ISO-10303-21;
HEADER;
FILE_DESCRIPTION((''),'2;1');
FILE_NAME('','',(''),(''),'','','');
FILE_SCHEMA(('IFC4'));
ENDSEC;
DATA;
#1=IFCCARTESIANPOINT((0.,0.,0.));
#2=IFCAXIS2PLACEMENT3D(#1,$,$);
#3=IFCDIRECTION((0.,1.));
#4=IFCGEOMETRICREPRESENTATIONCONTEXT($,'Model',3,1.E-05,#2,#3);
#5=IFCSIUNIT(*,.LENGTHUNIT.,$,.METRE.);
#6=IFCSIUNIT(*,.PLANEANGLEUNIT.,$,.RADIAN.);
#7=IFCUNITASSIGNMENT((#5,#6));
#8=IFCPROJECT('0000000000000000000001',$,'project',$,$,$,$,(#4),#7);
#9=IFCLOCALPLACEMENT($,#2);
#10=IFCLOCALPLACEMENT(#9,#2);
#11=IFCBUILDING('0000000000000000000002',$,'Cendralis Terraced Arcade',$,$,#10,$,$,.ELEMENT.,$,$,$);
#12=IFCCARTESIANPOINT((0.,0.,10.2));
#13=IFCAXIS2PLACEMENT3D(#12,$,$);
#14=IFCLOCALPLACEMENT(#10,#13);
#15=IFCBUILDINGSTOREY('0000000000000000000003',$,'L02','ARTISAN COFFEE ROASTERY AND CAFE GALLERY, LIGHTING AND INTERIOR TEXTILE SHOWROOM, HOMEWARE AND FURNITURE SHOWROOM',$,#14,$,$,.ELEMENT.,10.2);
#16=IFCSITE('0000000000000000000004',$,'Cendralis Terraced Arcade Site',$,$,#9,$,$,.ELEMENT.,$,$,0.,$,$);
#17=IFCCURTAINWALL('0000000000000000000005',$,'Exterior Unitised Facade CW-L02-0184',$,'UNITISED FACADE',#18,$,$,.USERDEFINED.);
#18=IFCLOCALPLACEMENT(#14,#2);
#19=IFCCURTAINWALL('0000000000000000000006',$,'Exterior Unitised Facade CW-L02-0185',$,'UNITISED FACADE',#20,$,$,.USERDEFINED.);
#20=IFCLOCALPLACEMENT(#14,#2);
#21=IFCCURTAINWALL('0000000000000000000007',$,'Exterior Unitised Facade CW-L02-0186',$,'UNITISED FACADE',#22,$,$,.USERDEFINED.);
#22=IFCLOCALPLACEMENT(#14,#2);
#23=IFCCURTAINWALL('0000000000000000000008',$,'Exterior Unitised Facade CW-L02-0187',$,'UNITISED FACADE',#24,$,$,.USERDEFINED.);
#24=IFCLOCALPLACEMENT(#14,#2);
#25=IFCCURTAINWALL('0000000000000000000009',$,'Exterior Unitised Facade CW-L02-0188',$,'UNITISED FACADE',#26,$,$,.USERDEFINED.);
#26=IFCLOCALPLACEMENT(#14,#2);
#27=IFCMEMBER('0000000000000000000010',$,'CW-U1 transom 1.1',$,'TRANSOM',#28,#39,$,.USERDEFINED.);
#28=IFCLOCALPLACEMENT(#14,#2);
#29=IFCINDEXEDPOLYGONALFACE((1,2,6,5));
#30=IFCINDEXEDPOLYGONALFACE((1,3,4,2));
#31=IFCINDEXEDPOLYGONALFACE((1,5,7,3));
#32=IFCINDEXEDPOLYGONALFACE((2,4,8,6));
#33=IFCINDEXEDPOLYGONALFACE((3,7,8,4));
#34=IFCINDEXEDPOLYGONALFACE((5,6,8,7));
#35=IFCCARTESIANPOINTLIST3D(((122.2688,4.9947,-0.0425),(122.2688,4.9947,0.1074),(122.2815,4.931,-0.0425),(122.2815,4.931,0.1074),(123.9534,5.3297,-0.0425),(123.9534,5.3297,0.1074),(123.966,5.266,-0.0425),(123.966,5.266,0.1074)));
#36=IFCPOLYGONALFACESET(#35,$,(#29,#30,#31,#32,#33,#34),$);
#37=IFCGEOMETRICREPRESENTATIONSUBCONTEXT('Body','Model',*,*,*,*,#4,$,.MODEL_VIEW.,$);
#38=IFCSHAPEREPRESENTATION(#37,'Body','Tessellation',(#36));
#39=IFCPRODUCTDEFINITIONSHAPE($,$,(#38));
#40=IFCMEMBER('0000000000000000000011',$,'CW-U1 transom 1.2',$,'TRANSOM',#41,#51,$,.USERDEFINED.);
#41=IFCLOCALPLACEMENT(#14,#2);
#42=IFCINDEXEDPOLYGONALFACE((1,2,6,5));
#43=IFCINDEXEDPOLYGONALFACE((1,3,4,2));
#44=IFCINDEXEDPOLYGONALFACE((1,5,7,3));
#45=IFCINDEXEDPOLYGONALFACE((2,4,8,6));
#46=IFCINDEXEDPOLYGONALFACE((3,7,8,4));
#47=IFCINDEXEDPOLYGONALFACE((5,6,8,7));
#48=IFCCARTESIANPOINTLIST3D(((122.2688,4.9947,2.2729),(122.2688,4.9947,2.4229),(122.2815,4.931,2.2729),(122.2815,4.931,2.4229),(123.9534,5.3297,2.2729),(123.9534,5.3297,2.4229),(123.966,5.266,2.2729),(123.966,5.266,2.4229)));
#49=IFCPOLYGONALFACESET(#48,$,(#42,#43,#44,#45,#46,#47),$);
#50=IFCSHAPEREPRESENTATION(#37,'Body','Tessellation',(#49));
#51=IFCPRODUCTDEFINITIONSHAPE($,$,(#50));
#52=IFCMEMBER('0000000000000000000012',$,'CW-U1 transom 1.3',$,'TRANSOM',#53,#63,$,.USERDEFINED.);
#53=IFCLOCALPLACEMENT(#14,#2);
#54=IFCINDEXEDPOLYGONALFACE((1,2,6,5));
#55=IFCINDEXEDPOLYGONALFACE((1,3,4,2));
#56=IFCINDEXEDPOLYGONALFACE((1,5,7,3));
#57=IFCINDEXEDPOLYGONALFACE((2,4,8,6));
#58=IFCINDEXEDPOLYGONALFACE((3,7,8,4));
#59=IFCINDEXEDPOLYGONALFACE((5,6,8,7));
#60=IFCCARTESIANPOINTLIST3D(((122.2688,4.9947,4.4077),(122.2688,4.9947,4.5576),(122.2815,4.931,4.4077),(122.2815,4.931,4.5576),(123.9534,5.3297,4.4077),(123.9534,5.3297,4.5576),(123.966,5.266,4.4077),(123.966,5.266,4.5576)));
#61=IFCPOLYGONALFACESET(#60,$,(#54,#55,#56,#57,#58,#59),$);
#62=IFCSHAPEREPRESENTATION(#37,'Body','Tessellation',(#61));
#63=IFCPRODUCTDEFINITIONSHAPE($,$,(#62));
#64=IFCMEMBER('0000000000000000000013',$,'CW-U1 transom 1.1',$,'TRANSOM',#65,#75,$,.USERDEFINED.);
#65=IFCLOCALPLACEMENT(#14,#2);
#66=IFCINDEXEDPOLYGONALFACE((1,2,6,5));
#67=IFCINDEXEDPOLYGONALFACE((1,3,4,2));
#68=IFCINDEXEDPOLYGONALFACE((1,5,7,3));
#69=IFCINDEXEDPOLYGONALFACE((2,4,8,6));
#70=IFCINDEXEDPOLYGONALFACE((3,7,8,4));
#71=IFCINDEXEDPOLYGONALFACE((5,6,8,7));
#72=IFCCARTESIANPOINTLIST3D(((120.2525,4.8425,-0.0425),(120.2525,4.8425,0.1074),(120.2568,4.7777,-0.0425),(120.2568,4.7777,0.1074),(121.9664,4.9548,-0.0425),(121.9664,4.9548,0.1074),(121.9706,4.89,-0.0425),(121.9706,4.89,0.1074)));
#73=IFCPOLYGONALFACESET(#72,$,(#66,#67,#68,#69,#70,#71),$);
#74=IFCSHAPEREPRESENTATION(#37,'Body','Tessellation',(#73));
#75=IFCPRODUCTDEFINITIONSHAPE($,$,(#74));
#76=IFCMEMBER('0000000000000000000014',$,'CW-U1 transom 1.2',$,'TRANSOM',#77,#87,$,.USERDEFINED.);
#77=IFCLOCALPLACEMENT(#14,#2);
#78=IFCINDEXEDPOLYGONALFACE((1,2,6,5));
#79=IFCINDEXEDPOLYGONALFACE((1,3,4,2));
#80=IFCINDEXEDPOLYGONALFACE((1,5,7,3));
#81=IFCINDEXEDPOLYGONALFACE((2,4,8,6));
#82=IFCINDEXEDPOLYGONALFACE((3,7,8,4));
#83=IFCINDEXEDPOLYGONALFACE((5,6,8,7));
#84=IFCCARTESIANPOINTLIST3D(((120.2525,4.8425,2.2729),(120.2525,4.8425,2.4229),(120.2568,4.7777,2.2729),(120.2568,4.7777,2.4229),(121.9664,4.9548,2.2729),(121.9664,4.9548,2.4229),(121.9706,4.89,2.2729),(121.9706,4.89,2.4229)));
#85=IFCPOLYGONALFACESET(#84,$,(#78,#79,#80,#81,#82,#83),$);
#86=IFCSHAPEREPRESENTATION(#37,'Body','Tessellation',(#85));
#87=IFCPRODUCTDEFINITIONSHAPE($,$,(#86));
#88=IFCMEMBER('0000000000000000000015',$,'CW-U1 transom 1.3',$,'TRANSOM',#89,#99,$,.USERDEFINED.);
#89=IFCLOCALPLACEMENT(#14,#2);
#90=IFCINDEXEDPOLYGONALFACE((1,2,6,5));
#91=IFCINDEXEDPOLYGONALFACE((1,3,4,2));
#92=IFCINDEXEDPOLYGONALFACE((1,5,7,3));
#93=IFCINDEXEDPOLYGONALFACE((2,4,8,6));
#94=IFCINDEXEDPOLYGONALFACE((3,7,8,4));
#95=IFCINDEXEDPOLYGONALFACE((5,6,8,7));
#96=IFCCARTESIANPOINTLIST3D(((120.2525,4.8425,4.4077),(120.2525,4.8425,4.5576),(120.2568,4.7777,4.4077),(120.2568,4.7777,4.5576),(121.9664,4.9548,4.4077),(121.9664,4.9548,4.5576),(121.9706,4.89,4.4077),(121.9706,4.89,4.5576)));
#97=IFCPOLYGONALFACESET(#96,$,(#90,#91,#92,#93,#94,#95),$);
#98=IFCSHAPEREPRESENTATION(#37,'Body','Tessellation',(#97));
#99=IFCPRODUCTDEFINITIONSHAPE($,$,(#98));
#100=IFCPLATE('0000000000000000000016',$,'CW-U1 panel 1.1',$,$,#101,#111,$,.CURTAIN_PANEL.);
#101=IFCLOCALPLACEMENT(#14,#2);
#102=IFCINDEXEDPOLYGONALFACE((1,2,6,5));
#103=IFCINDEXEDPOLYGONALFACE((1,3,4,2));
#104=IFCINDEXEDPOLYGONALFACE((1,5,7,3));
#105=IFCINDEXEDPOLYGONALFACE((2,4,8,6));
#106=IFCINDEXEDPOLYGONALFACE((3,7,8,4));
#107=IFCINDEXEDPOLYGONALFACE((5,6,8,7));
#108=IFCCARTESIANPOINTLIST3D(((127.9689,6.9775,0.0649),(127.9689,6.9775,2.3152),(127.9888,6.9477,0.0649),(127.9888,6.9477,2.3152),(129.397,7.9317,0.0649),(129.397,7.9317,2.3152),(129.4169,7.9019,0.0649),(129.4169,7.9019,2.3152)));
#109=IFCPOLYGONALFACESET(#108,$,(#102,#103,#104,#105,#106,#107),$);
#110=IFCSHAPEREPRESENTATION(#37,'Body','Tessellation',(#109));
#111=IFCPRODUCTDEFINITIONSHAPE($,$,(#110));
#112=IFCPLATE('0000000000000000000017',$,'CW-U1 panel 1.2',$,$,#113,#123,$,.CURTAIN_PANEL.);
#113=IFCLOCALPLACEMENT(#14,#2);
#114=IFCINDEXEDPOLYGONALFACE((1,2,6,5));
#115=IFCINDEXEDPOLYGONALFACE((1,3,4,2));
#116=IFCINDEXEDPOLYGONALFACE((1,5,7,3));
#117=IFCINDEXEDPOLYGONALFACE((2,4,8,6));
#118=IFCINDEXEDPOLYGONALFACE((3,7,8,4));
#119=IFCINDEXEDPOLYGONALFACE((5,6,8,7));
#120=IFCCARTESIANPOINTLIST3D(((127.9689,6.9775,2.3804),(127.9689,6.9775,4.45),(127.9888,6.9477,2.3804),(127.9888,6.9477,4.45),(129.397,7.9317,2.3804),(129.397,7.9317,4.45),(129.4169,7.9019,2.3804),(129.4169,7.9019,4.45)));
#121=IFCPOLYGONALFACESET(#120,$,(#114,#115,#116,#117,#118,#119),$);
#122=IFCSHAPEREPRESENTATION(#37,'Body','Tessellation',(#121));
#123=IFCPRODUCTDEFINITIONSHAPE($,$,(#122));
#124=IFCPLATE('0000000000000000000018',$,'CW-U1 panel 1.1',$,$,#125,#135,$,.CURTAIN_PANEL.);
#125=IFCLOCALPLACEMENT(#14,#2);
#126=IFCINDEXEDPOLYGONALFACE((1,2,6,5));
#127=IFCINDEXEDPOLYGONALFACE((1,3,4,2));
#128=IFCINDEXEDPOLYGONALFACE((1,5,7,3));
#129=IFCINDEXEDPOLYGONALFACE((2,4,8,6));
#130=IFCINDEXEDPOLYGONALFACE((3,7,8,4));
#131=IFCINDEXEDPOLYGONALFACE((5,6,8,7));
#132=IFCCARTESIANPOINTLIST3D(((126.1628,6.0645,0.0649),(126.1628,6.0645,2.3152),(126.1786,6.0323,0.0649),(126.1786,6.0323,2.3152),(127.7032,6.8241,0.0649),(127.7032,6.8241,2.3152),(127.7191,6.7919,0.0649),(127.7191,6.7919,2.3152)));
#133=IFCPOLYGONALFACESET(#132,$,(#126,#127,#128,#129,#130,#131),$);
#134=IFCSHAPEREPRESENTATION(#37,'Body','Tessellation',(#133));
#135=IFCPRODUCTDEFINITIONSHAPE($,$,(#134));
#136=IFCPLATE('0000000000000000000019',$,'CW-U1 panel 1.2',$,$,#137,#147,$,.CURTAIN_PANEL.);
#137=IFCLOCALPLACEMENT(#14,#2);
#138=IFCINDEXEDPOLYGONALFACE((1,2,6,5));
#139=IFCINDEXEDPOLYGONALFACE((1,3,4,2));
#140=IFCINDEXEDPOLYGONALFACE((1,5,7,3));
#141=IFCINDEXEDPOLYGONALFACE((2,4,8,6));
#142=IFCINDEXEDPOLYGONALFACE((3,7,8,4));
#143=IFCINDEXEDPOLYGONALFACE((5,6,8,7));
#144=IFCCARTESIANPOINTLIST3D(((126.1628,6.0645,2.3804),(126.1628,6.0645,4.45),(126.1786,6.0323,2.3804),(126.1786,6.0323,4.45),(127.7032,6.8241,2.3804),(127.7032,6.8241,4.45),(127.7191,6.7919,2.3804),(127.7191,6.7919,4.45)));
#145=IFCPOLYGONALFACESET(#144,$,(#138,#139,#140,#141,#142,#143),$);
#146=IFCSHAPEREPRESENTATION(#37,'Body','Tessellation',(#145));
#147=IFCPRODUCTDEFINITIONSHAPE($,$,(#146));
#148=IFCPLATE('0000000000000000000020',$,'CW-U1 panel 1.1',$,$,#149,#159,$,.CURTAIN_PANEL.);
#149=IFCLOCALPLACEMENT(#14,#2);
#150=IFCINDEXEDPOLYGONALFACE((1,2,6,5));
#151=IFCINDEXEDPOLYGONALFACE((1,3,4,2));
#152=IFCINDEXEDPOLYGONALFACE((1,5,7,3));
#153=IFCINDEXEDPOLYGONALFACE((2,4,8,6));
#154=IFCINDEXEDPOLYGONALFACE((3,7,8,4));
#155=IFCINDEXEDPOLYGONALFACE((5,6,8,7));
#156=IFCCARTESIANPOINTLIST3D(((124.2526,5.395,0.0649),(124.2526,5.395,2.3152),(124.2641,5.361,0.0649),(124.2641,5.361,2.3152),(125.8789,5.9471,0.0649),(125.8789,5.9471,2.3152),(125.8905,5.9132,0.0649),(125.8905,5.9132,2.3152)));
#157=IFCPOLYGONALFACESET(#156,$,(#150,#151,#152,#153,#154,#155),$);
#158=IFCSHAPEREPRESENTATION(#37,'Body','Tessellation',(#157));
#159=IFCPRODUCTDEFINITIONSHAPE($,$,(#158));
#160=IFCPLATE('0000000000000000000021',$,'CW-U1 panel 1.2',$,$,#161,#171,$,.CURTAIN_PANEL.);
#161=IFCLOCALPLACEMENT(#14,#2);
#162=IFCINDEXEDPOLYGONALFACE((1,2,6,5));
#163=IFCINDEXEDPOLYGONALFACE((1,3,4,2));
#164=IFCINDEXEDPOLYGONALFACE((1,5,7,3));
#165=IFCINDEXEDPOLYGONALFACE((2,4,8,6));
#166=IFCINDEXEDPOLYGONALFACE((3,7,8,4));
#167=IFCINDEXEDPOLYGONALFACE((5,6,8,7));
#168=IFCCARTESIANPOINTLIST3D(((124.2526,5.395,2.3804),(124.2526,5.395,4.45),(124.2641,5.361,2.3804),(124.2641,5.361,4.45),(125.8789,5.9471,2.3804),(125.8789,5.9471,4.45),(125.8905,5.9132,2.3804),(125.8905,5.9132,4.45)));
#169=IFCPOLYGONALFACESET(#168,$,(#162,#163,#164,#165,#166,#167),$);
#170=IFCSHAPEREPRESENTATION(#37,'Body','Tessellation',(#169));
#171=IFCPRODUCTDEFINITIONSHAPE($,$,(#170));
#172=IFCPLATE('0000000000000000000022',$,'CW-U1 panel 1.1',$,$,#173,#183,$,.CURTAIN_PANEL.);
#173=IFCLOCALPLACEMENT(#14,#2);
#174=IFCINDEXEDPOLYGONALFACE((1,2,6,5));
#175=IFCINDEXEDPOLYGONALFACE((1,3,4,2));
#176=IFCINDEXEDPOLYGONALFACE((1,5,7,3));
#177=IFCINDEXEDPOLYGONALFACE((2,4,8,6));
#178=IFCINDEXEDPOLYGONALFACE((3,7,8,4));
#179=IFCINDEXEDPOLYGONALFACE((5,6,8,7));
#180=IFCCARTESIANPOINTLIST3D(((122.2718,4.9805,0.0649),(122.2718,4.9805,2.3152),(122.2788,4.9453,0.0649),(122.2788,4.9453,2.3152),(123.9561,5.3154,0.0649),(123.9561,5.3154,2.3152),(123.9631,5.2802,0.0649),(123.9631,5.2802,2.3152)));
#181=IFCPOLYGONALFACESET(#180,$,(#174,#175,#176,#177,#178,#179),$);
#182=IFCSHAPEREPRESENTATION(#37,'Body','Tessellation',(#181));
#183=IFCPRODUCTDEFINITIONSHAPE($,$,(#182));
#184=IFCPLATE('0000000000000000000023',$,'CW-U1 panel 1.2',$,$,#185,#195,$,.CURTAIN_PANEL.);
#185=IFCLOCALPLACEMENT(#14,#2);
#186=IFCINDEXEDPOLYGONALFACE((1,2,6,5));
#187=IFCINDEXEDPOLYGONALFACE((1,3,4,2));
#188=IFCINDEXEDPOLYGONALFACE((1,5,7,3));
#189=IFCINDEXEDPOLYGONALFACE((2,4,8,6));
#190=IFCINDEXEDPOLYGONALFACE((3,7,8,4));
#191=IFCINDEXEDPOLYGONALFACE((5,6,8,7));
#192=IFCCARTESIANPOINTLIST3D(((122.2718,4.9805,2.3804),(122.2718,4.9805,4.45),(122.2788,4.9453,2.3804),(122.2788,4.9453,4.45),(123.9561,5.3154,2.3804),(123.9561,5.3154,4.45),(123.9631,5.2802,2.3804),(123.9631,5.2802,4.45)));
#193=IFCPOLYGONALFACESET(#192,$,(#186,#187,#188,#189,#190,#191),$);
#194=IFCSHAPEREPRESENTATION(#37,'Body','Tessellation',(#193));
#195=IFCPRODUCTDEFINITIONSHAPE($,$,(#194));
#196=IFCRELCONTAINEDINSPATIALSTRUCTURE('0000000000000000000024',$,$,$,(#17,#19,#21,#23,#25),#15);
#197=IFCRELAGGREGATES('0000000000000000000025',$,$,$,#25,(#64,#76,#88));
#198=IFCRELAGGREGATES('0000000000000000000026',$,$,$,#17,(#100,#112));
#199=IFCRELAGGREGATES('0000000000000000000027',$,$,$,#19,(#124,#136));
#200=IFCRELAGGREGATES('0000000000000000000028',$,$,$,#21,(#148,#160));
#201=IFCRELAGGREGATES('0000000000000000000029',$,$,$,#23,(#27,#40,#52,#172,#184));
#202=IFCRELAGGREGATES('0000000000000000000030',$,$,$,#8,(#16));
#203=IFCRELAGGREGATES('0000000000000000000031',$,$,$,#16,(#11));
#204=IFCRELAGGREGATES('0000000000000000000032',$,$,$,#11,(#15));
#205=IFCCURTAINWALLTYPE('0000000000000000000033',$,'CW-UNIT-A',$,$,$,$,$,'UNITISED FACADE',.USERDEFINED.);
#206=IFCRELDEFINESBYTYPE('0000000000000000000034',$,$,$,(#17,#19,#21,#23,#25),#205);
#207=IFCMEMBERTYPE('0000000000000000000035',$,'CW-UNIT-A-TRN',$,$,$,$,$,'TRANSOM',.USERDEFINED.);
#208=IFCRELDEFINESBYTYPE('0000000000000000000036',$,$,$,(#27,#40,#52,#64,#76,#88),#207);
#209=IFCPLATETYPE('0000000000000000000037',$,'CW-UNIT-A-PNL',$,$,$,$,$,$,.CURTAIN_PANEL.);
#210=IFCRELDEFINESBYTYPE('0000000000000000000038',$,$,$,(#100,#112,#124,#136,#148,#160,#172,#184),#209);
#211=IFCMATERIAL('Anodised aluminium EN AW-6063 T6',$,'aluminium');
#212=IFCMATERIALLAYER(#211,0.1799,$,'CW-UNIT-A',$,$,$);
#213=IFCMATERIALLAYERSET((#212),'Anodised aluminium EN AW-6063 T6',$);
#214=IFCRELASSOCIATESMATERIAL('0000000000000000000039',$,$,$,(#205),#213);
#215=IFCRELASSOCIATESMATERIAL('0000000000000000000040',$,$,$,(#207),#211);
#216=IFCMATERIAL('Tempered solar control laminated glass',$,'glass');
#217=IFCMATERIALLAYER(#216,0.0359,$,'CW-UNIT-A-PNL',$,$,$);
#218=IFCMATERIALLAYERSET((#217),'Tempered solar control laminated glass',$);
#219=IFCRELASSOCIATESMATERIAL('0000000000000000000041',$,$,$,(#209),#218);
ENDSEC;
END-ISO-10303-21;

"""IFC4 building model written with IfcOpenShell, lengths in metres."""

from ifc_helpers import new_model, si_unit, direction, frame, origin, origin_2d, place, context, subcontext, project, spatial, rectangle, extrude, material, layer, layer_set, material_profile, profile_set, type_object, element, aggregate, save


model = new_model("IFC4")

# Units and contexts
model_context = context("Model", 3, precision=1e-05, world=origin(), true_north=direction((0.0, 1.0)))
body_context = subcontext(model_context, "Body", "Model", "MODEL_VIEW")
ifc_project = project(units=[si_unit("LENGTHUNIT", "METRE"), si_unit("PLANEANGLEUNIT", "RADIAN")], contexts=[model_context])

# Site, building, storey
site_placement = place(None, origin())
site = spatial("IfcSite", under=ifc_project, at=site_placement, Name="Cendralis Terraced Arcade Site", CompositionType="ELEMENT", RefElevation=0.0)
building_placement = place(site_placement, origin())
building = spatial("IfcBuilding", under=site, at=building_placement, Name="Cendralis Terraced Arcade", CompositionType="ELEMENT")
storey_placement = place(building_placement, frame((0.0, 0.0, 10.2)))
storey = spatial("IfcBuildingStorey", under=building, at=storey_placement, Name="L02", Description="ARTISAN COFFEE ROASTERY AND CAFE GALLERY, LIGHTING AND INTERIOR TEXTILE SHOWROOM, HOMEWARE AND FURNITURE SHOWROOM", CompositionType="ELEMENT", Elevation=10.2)

# Curtain wall
ifc_material_1 = material(Name="Anodised aluminium EN AW-6063 T6", Category="aluminium")
ifc_layer_1 = layer(ifc_material_1, 0.1799, Name="CW-UNIT-A")
ifc_layer_set_1 = layer_set([ifc_layer_1], Name="Anodised aluminium EN AW-6063 T6")
curtain_wall_type = type_object("IfcCurtainWallType", Name="CW-UNIT-A", ElementType="UNITISED FACADE", PredefinedType="USERDEFINED", material=ifc_layer_set_1)
curtain_wall_1_placement = place(storey_placement, origin())
curtain_wall_1 = element("IfcCurtainWall", 1, at=curtain_wall_1_placement, inside=storey, type_object=curtain_wall_type, Name="Exterior Unitised Facade CW-L02-0184", ObjectType="UNITISED FACADE", PredefinedType="USERDEFINED")

# Curtain walls
curtain_wall_2_placement = place(storey_placement, origin())
curtain_wall_2 = element("IfcCurtainWall", 2, at=curtain_wall_2_placement, inside=storey, type_object=curtain_wall_type, Name="Exterior Unitised Facade CW-L02-0185", ObjectType="UNITISED FACADE", PredefinedType="USERDEFINED")
curtain_wall_3_placement = place(storey_placement, origin())
curtain_wall_3 = element("IfcCurtainWall", 3, at=curtain_wall_3_placement, inside=storey, type_object=curtain_wall_type, Name="Exterior Unitised Facade CW-L02-0186", ObjectType="UNITISED FACADE", PredefinedType="USERDEFINED")
curtain_wall_4_placement = place(storey_placement, origin())
curtain_wall_4 = element("IfcCurtainWall", 4, at=curtain_wall_4_placement, inside=storey, type_object=curtain_wall_type, Name="Exterior Unitised Facade CW-L02-0187", ObjectType="UNITISED FACADE", PredefinedType="USERDEFINED")

# Curtain wall
curtain_wall_5_placement = place(storey_placement, origin())
curtain_wall_5 = element("IfcCurtainWall", 5, at=curtain_wall_5_placement, inside=storey, type_object=curtain_wall_type, Name="Exterior Unitised Facade CW-L02-0188", ObjectType="UNITISED FACADE", PredefinedType="USERDEFINED")

# Members
ifc_material_profile_1 = material_profile(ifc_material_1, rectangle(XDim=0.0649, YDim=0.1499, at=origin_2d()), Name="ALU-TRN-65x150")
ifc_profile_set_1 = profile_set([ifc_material_profile_1], Name="Anodised aluminium EN AW-6063 T6")
member_type_1 = type_object("IfcMemberType", Name="CW-UNIT-A-TRN", ElementType="TRANSOM", PredefinedType="USERDEFINED", material=ifc_profile_set_1)
member_1_placement = place(storey_placement, frame((123.9597, 5.2979, 0.0325), z_axis=(-0.980799, -0.195023, 0.0), x_axis=(0.195023, -0.980799, 0.0)))
member_1 = element("IfcMember", 6, at=member_1_placement, type_object=member_type_1, Name="CW-U1 transom 1.1", ObjectType="TRANSOM", PredefinedType="USERDEFINED", context=body_context, shape_type="SweptSolid", body=[
    extrude(rectangle(XDim=0.0649, YDim=0.1499, at=origin_2d()), origin(), (0.0, 0.0, 1.0), 1.7175),
])
member_2_placement = place(storey_placement, frame((123.9597, 5.2979, 2.3479), z_axis=(-0.980799, -0.195023, 0.0), x_axis=(0.195023, -0.980799, 0.0)))
member_2 = element("IfcMember", 7, at=member_2_placement, type_object=member_type_1, Name="CW-U1 transom 1.2", ObjectType="TRANSOM", PredefinedType="USERDEFINED", context=body_context, shape_type="SweptSolid", body=[
    extrude(rectangle(XDim=0.0649, YDim=0.1499, at=origin_2d()), origin(), (0.0, 0.0, 1.0), 1.7175),
])
member_3_placement = place(storey_placement, frame((123.9597, 5.2979, 4.4827), z_axis=(-0.980799, -0.195023, 0.0), x_axis=(0.195023, -0.980799, 0.0)))
member_3 = element("IfcMember", 8, at=member_3_placement, type_object=member_type_1, Name="CW-U1 transom 1.3", ObjectType="TRANSOM", PredefinedType="USERDEFINED", context=body_context, shape_type="SweptSolid", body=[
    extrude(rectangle(XDim=0.0649, YDim=0.1499, at=origin_2d()), origin(), (0.0, 0.0, 1.0), 1.7175),
])
member_4_placement = place(storey_placement, frame((121.9685, 4.9224, 0.0325), z_axis=(-0.99786, -0.065387, 0.0), x_axis=(0.065387, -0.99786, 0.0)))
member_4 = element("IfcMember", 9, at=member_4_placement, type_object=member_type_1, Name="CW-U1 transom 1.1", ObjectType="TRANSOM", PredefinedType="USERDEFINED", context=body_context, shape_type="SweptSolid", body=[
    extrude(rectangle(XDim=0.0649, YDim=0.1499, at=origin_2d()), origin(), (0.0, 0.0, 1.0), 1.7175),
])
member_5_placement = place(storey_placement, frame((121.9685, 4.9224, 2.3479), z_axis=(-0.99786, -0.065387, 0.0), x_axis=(0.065387, -0.99786, 0.0)))
member_5 = element("IfcMember", 10, at=member_5_placement, type_object=member_type_1, Name="CW-U1 transom 1.2", ObjectType="TRANSOM", PredefinedType="USERDEFINED", context=body_context, shape_type="SweptSolid", body=[
    extrude(rectangle(XDim=0.0649, YDim=0.1499, at=origin_2d()), origin(), (0.0, 0.0, 1.0), 1.7175),
])
member_6_placement = place(storey_placement, frame((121.9685, 4.9224, 4.4827), z_axis=(-0.99786, -0.065387, 0.0), x_axis=(0.065387, -0.99786, 0.0)))
member_6 = element("IfcMember", 11, at=member_6_placement, type_object=member_type_1, Name="CW-U1 transom 1.3", ObjectType="TRANSOM", PredefinedType="USERDEFINED", context=body_context, shape_type="SweptSolid", body=[
    extrude(rectangle(XDim=0.0649, YDim=0.1499, at=origin_2d()), origin(), (0.0, 0.0, 1.0), 1.7175),
])
aggregate(curtain_wall_5, [member_4, member_5, member_6])

# Plates
ifc_material_2 = material(Name="Tempered solar control laminated glass", Category="glass")
ifc_layer_2 = layer(ifc_material_2, 0.0359, Name="CW-UNIT-A-PNL")
ifc_layer_set_2 = layer_set([ifc_layer_2], Name="Tempered solar control laminated glass")
plate_type = type_object("IfcPlateType", Name="CW-UNIT-A-PNL", PredefinedType="CURTAIN_PANEL", material=ifc_layer_set_2)
plate_1_placement = place(storey_placement, frame((128.6929, 7.4397, 0.0649), z_axis=(0.0, 0.0, 1.0), x_axis=(-0.831484, -0.555549, 0.0)))
plate_1 = element("IfcPlate", 12, at=plate_1_placement, type_object=plate_type, Name="CW-U1 panel 1.1", PredefinedType="CURTAIN_PANEL", context=body_context, shape_type="SweptSolid", body=[
    extrude(rectangle(XDim=1.7175, YDim=0.0359, at=origin_2d()), origin(), (0.0, 0.0, 1.0), 2.2502),
])
plate_2_placement = place(storey_placement, frame((128.6929, 7.4397, 2.3804), z_axis=(0.0, 0.0, 1.0), x_axis=(-0.831484, -0.555549, 0.0)))
plate_2 = element("IfcPlate", 13, at=plate_2_placement, type_object=plate_type, Name="CW-U1 panel 1.2", PredefinedType="CURTAIN_PANEL", context=body_context, shape_type="SweptSolid", body=[
    extrude(rectangle(XDim=1.7175, YDim=0.0359, at=origin_2d()), origin(), (0.0, 0.0, 1.0), 2.0696),
])
aggregate(curtain_wall_1, [plate_1, plate_2])
plate_3_placement = place(storey_placement, frame((126.9409, 6.4282, 0.0649), z_axis=(0.0, 0.0, 1.0), x_axis=(-0.896882, -0.44227, 0.0)))
plate_3 = element("IfcPlate", 14, at=plate_3_placement, type_object=plate_type, Name="CW-U1 panel 1.1", PredefinedType="CURTAIN_PANEL", context=body_context, shape_type="SweptSolid", body=[
    extrude(rectangle(XDim=1.7175, YDim=0.0359, at=origin_2d()), origin(), (0.0, 0.0, 1.0), 2.2502),
])
plate_4_placement = place(storey_placement, frame((126.9409, 6.4282, 2.3804), z_axis=(0.0, 0.0, 1.0), x_axis=(-0.896882, -0.44227, 0.0)))
plate_4 = element("IfcPlate", 15, at=plate_4_placement, type_object=plate_type, Name="CW-U1 panel 1.2", PredefinedType="CURTAIN_PANEL", context=body_context, shape_type="SweptSolid", body=[
    extrude(rectangle(XDim=1.7175, YDim=0.0359, at=origin_2d()), origin(), (0.0, 0.0, 1.0), 2.0696),
])
aggregate(curtain_wall_2, [plate_3, plate_4])
plate_5_placement = place(storey_placement, frame((125.0715, 5.6541, 0.0649), z_axis=(0.0, 0.0, 1.0), x_axis=(-0.94691, -0.3215, 0.0)))
plate_5 = element("IfcPlate", 16, at=plate_5_placement, type_object=plate_type, Name="CW-U1 panel 1.1", PredefinedType="CURTAIN_PANEL", context=body_context, shape_type="SweptSolid", body=[
    extrude(rectangle(XDim=1.7175, YDim=0.0359, at=origin_2d()), origin(), (0.0, 0.0, 1.0), 2.2502),
])
plate_6_placement = place(storey_placement, frame((125.0715, 5.6541, 2.3804), z_axis=(0.0, 0.0, 1.0), x_axis=(-0.94691, -0.3215, 0.0)))
plate_6 = element("IfcPlate", 17, at=plate_6_placement, type_object=plate_type, Name="CW-U1 panel 1.2", PredefinedType="CURTAIN_PANEL", context=body_context, shape_type="SweptSolid", body=[
    extrude(rectangle(XDim=1.7175, YDim=0.0359, at=origin_2d()), origin(), (0.0, 0.0, 1.0), 2.0696),
])
aggregate(curtain_wall_3, [plate_5, plate_6])
plate_7_placement = place(storey_placement, frame((123.1174, 5.1304, 0.0649), z_axis=(0.0, 0.0, 1.0), x_axis=(-0.980797, -0.195033, 0.0)))
plate_7 = element("IfcPlate", 18, at=plate_7_placement, type_object=plate_type, Name="CW-U1 panel 1.1", PredefinedType="CURTAIN_PANEL", context=body_context, shape_type="SweptSolid", body=[
    extrude(rectangle(XDim=1.7173, YDim=0.0359, at=origin_2d()), origin(), (0.0, 0.0, 1.0), 2.2502),
])
plate_8_placement = place(storey_placement, frame((123.1174, 5.1304, 2.3804), z_axis=(0.0, 0.0, 1.0), x_axis=(-0.980797, -0.195033, 0.0)))
plate_8 = element("IfcPlate", 19, at=plate_8_placement, type_object=plate_type, Name="CW-U1 panel 1.2", PredefinedType="CURTAIN_PANEL", context=body_context, shape_type="SweptSolid", body=[
    extrude(rectangle(XDim=1.7173, YDim=0.0359, at=origin_2d()), origin(), (0.0, 0.0, 1.0), 2.0696),
])
aggregate(curtain_wall_4, [member_1, member_2, member_3, plate_7, plate_8])

save(model, "model.ifc")
